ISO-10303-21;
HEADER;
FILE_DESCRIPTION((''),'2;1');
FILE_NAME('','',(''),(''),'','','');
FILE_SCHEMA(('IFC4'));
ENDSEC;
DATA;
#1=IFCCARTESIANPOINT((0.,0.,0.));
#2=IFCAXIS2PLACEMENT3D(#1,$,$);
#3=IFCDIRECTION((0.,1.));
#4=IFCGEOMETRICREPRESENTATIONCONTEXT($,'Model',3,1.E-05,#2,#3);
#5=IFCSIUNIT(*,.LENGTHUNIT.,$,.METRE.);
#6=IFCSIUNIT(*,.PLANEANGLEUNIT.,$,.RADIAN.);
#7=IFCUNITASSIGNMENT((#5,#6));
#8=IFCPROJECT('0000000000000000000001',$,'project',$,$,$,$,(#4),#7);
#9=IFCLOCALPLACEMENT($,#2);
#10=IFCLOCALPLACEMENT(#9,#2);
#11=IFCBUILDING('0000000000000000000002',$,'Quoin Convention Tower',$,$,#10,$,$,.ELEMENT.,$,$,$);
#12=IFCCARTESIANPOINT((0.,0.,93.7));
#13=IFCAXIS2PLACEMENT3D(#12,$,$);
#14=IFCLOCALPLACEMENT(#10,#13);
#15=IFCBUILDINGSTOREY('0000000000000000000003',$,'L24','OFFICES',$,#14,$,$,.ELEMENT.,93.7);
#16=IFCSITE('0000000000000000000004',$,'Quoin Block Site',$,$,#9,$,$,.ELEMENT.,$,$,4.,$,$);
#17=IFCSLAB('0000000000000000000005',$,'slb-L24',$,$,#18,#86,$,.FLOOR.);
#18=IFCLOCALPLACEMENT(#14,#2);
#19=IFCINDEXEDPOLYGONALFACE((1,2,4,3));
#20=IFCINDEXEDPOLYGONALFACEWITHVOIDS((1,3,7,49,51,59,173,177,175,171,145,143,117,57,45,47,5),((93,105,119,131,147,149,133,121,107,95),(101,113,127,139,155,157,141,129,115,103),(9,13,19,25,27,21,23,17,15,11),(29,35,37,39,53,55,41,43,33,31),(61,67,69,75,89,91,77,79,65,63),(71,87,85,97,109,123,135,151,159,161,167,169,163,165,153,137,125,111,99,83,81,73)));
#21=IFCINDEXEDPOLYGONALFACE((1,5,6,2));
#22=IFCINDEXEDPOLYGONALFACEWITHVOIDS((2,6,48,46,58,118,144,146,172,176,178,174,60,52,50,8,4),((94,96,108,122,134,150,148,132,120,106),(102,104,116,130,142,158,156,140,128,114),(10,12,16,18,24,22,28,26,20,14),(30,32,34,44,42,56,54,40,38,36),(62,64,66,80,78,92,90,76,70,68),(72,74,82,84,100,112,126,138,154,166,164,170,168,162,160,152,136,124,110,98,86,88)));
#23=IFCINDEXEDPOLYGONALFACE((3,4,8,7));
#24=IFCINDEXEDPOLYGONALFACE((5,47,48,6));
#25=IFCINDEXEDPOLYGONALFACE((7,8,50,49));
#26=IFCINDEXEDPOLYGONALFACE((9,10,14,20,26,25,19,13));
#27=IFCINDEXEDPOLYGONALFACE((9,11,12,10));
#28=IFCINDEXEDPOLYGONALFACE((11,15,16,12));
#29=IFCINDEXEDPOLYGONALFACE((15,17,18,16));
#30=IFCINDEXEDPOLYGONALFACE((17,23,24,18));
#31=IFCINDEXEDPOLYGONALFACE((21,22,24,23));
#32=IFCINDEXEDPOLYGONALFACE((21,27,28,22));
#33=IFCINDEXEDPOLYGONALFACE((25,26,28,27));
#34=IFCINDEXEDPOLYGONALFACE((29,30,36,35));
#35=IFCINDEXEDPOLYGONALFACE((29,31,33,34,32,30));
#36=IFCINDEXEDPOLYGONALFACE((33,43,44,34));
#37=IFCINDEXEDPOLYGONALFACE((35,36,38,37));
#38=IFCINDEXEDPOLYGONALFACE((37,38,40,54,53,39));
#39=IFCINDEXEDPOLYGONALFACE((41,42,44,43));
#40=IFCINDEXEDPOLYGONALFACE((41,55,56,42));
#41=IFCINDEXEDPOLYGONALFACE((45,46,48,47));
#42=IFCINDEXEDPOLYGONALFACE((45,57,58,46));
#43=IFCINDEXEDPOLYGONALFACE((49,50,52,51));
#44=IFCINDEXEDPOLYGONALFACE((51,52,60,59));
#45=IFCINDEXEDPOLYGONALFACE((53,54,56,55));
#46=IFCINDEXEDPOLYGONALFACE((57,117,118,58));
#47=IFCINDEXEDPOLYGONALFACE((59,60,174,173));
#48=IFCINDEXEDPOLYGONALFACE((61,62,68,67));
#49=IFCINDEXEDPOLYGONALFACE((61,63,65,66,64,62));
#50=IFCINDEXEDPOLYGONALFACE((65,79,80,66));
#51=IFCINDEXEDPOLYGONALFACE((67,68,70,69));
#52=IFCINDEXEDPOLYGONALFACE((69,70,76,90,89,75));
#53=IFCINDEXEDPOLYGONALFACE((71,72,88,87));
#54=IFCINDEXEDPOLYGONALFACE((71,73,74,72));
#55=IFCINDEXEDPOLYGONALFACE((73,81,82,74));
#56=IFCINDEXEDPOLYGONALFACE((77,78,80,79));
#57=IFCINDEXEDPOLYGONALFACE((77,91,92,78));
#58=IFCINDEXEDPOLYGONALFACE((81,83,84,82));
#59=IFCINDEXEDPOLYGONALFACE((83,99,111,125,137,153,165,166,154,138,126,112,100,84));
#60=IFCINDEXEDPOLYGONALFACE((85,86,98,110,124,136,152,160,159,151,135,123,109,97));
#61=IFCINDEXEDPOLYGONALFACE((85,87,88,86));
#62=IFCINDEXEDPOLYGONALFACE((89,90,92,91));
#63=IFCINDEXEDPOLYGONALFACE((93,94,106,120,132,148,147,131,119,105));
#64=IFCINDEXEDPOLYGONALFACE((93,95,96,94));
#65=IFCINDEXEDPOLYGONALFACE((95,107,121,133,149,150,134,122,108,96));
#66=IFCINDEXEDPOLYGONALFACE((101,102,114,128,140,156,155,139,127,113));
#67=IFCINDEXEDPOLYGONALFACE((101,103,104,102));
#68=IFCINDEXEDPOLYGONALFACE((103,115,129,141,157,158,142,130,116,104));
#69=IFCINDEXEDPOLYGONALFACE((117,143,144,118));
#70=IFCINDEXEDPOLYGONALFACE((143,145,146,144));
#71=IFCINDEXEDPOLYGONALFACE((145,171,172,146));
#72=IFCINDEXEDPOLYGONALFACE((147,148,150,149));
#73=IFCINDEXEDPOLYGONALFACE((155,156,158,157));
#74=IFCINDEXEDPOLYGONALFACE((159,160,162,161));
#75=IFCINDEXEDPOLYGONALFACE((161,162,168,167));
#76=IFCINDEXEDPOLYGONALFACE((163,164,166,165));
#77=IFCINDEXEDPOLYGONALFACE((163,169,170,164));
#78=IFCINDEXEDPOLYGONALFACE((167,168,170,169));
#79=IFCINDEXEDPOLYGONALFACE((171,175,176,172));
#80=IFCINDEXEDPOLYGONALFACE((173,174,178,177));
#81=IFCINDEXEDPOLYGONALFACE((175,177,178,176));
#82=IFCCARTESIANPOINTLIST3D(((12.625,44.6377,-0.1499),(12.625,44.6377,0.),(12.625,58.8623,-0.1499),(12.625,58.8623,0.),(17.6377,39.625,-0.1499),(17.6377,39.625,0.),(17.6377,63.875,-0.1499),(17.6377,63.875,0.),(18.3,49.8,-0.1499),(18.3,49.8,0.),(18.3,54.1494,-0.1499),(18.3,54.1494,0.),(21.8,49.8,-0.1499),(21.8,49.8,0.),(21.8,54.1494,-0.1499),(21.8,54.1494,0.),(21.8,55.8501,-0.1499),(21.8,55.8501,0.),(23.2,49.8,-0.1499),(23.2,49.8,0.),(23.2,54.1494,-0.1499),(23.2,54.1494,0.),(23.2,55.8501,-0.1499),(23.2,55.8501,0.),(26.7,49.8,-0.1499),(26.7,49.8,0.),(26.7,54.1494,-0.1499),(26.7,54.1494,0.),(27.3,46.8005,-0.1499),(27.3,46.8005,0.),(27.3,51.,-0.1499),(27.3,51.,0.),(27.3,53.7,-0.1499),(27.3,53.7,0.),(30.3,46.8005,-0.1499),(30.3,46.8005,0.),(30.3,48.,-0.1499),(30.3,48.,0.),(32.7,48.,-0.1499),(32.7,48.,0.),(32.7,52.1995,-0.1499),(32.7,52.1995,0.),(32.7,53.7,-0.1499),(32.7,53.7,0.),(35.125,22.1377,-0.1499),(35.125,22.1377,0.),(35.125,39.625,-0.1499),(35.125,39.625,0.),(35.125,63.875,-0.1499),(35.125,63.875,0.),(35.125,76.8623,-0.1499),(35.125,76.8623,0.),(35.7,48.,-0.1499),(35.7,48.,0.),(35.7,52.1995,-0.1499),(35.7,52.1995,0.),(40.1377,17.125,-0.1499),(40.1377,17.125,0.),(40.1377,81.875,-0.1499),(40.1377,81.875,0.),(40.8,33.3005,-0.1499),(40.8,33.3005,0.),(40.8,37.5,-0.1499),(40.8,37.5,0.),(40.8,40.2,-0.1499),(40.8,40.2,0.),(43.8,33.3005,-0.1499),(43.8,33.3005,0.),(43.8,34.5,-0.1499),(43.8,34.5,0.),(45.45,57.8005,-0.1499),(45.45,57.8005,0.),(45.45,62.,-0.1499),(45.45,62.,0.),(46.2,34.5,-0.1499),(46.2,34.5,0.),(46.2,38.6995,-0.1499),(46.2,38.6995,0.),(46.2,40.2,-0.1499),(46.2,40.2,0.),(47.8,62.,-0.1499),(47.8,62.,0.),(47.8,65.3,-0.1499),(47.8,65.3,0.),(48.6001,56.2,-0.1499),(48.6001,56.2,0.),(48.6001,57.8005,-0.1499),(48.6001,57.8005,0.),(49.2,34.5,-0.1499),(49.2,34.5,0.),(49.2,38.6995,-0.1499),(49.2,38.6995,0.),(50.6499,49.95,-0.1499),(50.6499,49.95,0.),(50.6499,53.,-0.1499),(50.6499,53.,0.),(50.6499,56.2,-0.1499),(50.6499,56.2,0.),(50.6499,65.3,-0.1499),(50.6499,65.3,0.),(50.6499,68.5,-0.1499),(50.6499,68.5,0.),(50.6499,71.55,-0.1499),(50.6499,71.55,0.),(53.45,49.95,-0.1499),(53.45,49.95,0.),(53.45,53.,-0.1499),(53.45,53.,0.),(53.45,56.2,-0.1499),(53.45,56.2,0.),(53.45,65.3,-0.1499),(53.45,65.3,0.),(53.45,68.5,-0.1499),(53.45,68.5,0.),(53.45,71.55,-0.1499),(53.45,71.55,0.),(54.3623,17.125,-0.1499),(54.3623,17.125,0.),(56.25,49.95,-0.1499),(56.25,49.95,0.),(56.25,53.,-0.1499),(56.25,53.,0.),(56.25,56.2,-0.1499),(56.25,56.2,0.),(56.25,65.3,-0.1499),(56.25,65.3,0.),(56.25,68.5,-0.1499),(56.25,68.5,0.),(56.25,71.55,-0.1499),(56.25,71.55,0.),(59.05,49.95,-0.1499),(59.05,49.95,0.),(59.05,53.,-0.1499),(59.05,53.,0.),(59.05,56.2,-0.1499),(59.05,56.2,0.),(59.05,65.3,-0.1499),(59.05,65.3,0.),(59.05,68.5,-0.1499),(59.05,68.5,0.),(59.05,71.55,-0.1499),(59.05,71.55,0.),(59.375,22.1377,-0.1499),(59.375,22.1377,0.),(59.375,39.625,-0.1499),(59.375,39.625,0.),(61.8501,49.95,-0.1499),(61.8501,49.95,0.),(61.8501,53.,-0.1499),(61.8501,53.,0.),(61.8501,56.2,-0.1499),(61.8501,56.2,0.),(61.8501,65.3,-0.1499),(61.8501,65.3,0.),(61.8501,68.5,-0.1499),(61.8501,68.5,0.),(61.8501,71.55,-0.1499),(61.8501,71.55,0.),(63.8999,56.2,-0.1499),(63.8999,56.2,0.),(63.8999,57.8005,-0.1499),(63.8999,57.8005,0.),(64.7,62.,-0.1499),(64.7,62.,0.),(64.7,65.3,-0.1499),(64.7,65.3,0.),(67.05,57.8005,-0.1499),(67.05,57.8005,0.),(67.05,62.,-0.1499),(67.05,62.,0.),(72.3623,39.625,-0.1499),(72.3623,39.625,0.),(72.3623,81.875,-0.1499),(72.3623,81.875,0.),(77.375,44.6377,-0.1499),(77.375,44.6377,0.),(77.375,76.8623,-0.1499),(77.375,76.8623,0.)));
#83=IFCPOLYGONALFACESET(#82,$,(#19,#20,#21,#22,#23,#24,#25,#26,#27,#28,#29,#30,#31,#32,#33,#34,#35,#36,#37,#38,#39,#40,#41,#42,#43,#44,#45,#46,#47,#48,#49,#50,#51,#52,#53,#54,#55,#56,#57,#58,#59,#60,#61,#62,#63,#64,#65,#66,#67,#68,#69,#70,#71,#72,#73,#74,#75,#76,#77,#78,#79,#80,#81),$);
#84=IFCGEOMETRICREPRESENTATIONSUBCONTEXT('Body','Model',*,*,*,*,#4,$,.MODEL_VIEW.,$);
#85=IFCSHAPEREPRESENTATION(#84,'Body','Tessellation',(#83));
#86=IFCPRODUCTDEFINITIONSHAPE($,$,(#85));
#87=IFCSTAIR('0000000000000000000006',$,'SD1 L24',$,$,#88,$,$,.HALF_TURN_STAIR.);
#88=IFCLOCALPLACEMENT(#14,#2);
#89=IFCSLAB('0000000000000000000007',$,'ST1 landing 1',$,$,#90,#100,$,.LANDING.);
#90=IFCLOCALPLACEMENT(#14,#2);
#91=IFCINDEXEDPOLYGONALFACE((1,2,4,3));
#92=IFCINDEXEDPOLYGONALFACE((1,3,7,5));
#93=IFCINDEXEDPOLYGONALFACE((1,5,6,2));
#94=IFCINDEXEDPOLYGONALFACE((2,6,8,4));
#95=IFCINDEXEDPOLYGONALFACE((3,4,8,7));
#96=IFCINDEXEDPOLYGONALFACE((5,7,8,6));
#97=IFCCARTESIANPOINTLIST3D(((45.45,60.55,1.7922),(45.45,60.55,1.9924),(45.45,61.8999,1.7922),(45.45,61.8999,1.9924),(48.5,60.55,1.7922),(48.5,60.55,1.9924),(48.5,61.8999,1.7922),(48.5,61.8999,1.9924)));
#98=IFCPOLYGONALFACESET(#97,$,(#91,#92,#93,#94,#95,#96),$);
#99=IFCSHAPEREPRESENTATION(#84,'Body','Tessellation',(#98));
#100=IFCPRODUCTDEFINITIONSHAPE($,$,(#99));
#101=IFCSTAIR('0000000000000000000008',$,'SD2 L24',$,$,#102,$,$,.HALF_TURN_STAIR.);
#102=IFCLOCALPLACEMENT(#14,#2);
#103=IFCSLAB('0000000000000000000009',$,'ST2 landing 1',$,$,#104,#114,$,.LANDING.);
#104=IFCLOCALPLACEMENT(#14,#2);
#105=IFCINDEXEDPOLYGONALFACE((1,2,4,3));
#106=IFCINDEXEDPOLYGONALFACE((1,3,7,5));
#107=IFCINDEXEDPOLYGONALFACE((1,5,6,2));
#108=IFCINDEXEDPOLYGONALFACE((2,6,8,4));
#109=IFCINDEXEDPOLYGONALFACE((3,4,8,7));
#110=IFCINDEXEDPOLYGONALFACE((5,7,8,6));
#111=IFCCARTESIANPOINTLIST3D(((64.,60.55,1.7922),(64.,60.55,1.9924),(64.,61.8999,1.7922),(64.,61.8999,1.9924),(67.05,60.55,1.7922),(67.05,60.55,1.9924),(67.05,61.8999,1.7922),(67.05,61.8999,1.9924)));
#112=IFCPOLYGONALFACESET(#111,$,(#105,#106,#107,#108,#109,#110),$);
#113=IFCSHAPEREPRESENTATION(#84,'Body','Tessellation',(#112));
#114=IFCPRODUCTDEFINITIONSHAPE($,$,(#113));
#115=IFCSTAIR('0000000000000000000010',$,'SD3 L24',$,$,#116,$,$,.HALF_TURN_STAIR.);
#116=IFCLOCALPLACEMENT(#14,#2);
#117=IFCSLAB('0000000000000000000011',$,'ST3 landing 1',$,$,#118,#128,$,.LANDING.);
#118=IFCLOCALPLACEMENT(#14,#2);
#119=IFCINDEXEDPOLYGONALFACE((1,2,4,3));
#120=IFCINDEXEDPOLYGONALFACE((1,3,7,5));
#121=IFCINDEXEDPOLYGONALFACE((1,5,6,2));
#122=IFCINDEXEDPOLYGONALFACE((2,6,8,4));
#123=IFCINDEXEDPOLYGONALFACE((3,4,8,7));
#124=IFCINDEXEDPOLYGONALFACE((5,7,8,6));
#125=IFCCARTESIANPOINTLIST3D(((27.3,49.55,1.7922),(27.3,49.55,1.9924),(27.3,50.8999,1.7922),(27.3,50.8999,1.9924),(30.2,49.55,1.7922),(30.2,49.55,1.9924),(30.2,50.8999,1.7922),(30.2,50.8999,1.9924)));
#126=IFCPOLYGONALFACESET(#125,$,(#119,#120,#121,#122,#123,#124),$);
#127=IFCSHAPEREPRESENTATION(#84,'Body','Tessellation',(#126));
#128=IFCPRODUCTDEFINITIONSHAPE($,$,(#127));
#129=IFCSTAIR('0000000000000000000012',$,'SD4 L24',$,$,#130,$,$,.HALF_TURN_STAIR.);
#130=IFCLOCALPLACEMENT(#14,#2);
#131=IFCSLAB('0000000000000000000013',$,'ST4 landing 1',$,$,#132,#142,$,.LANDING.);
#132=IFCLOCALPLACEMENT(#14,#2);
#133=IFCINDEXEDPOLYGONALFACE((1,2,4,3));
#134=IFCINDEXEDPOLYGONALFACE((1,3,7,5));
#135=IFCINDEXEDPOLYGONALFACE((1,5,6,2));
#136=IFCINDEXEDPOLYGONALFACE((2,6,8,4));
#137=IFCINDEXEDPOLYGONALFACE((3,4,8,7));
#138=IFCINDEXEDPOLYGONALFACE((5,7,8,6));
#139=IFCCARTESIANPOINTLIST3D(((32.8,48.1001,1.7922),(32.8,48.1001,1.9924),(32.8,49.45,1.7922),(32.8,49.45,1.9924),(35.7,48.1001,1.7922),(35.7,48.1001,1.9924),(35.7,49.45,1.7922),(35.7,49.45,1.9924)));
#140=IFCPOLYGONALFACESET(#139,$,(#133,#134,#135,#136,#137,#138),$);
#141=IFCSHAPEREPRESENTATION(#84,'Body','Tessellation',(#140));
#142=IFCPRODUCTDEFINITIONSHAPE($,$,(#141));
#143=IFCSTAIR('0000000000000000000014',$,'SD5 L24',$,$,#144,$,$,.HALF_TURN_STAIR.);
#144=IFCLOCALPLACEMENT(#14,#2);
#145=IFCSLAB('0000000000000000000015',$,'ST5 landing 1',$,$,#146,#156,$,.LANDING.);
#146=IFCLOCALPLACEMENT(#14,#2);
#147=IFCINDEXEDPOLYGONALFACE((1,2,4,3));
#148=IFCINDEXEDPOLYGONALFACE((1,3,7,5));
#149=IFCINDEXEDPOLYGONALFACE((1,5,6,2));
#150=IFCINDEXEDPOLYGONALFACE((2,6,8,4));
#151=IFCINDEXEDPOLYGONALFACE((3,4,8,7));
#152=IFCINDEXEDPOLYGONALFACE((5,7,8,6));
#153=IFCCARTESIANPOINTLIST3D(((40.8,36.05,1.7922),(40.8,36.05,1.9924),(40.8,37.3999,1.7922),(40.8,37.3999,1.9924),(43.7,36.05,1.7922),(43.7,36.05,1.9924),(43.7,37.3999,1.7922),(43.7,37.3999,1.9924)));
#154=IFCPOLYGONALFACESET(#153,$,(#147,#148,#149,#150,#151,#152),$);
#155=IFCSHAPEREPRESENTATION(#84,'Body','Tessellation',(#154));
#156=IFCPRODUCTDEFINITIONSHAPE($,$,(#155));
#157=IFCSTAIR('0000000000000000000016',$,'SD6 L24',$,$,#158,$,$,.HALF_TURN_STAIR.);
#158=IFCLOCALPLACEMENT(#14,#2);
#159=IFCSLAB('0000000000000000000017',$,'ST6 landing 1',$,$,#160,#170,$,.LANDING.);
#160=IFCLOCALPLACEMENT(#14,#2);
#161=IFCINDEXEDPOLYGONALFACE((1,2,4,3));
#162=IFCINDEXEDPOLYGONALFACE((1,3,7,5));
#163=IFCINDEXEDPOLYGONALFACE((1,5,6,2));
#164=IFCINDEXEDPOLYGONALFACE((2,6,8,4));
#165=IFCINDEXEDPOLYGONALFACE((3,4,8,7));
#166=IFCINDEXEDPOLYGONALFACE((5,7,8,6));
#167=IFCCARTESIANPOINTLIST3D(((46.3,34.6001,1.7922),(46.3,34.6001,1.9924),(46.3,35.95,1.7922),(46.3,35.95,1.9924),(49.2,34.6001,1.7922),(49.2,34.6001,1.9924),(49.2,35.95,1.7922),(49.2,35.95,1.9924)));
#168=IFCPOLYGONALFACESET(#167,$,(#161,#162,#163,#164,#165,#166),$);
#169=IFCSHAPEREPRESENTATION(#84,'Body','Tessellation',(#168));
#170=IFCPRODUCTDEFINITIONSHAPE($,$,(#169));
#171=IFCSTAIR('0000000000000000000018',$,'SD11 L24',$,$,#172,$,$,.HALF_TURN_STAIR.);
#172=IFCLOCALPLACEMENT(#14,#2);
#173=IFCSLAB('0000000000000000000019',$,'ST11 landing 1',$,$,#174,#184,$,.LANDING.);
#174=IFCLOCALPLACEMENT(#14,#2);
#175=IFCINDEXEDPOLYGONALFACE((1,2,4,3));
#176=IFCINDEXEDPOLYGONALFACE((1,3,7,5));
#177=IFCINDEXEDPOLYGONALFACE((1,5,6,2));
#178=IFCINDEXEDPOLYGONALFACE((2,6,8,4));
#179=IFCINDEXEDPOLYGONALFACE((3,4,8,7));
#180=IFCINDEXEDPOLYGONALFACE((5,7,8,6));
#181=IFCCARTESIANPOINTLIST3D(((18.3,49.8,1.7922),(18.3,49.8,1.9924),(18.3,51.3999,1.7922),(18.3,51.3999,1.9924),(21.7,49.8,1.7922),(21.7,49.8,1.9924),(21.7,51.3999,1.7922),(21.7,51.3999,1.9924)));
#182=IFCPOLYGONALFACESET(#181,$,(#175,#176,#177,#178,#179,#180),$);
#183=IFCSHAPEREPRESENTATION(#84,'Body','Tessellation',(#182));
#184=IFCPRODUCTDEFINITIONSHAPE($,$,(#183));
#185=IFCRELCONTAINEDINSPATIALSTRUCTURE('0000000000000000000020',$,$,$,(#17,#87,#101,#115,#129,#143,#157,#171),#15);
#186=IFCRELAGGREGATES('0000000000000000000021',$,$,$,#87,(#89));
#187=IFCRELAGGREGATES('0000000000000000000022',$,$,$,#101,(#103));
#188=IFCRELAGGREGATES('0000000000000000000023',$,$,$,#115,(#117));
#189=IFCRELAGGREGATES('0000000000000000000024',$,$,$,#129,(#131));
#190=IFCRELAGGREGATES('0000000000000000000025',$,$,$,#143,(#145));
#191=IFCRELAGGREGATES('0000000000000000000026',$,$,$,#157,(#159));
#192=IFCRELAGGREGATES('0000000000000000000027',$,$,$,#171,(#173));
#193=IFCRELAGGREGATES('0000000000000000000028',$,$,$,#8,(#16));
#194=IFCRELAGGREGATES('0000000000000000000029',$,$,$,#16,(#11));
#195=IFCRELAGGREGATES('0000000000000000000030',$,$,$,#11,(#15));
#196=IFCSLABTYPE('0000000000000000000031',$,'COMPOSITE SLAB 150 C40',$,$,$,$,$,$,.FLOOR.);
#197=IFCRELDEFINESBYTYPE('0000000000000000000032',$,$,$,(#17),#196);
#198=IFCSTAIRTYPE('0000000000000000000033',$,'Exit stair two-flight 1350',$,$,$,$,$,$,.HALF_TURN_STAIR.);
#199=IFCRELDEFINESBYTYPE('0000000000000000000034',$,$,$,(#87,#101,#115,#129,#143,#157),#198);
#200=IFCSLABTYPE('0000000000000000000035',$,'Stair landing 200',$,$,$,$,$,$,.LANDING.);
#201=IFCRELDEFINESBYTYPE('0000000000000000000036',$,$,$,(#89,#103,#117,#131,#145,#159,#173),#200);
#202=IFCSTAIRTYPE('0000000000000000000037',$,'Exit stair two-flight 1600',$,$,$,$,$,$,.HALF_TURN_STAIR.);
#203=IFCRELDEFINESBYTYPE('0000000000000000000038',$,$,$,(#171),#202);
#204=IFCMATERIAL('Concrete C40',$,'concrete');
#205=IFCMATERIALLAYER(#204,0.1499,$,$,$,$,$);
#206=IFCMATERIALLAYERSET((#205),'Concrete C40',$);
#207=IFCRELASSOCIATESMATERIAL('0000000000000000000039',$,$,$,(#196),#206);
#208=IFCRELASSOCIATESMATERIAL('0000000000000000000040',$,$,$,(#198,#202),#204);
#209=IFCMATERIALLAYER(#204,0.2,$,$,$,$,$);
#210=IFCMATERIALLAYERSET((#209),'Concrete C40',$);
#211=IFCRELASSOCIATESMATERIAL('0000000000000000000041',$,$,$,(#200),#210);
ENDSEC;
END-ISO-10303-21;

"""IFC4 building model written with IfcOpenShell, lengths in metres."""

from ifc_helpers import new_model, si_unit, direction, frame, origin, place, context, subcontext, project, spatial, polyline, outline, extrude, material, layer, layer_set, type_object, element, aggregate, save


model = new_model("IFC4")

# Units and contexts
model_context = context("Model", 3, precision=1e-05, world=origin(), true_north=direction((0.0, 1.0)))
body_context = subcontext(model_context, "Body", "Model", "MODEL_VIEW")
ifc_project = project(units=[si_unit("LENGTHUNIT", "METRE"), si_unit("PLANEANGLEUNIT", "RADIAN")], contexts=[model_context])

# Site, building, storey
site_placement = place(None, origin())
site = spatial("IfcSite", under=ifc_project, at=site_placement, Name="Quoin Block Site", CompositionType="ELEMENT", RefElevation=4.0)
building_placement = place(site_placement, origin())
building = spatial("IfcBuilding", under=site, at=building_placement, Name="Quoin Convention Tower", CompositionType="ELEMENT")
storey_placement = place(building_placement, frame((0.0, 0.0, 93.7)))
storey = spatial("IfcBuildingStorey", under=building, at=storey_placement, Name="L24", Description="OFFICES", CompositionType="ELEMENT", Elevation=93.7)

# Slab
ifc_material_1 = material(Name="Concrete C40", Category="concrete")
ifc_layer_1 = layer(ifc_material_1, 0.1499)
ifc_layer_set_1 = layer_set([ifc_layer_1], Name="Concrete C40")
slab_type_1 = type_object("IfcSlabType", Name="COMPOSITE SLAB 150 C40", PredefinedType="FLOOR", material=ifc_layer_set_1)
slab_1_placement = place(storey_placement, frame((0.0, 0.0, -0.1499)))
element("IfcSlab", 1, at=slab_1_placement, inside=storey, type_object=slab_type_1, Name="slb-L24", PredefinedType="FLOOR", context=body_context, shape_type="SweptSolid", body=[
    extrude(outline(polyline([(59.375, 22.1377), (54.3623, 17.125), (40.1377, 17.125), (35.125, 22.1377), (35.125, 39.625), (17.6377, 39.625), (12.625, 44.6377), (12.625, 58.8623), (17.6377, 63.875), (35.125, 63.875), (35.125, 76.8623), (40.1377, 81.875), (72.3623, 81.875), (77.375, 76.8623), (77.375, 44.6377), (72.3623, 39.625), (59.375, 39.625), (59.375, 22.1377)]), holes=[polyline([(40.8, 40.2), (40.8, 37.5), (40.8, 33.3005), (43.8, 33.3005), (43.8, 34.5), (46.2, 34.5), (49.2, 34.5), (49.2, 38.6995), (46.2, 38.6995), (46.2, 40.2), (40.8, 40.2)]), polyline([(35.7, 52.1995), (32.7, 52.1995), (32.7, 53.7), (27.3, 53.7), (27.3, 51.0), (27.3, 46.8005), (30.3, 46.8005), (30.3, 48.0), (32.7, 48.0), (35.7, 48.0), (35.7, 52.1995)]), polyline([(53.45, 49.95), (56.25, 49.95), (59.05, 49.95), (61.8501, 49.95), (61.8501, 53.0), (59.05, 53.0), (56.25, 53.0), (53.45, 53.0), (50.6499, 53.0), (50.6499, 49.95), (53.45, 49.95)]), polyline([(21.8, 55.8501), (21.8, 54.1494), (18.3, 54.1494), (18.3, 49.8), (21.8, 49.8), (23.2, 49.8), (26.7, 49.8), (26.7, 54.1494), (23.2, 54.1494), (23.2, 55.8501), (21.8, 55.8501)]), polyline([(48.6001, 57.8005), (48.6001, 56.2), (50.6499, 56.2), (53.45, 56.2), (56.25, 56.2), (59.05, 56.2), (61.8501, 56.2), (63.8999, 56.2), (63.8999, 57.8005), (67.05, 57.8005), (67.05, 62.0), (64.7, 62.0), (64.7, 65.3), (61.8501, 65.3), (59.05, 65.3), (56.25, 65.3), (53.45, 65.3), (50.6499, 65.3), (47.8, 65.3), (47.8, 62.0), (45.45, 62.0), (45.45, 57.8005), (48.6001, 57.8005)]), polyline([(50.6499, 68.5), (53.45, 68.5), (56.25, 68.5), (59.05, 68.5), (61.8501, 68.5), (61.8501, 71.55), (59.05, 71.55), (56.25, 71.55), (53.45, 71.55), (50.6499, 71.55), (50.6499, 68.5)])]), origin(), (0.0, 0.0, 1.0), 0.1499),
])

# Stairs, slabs
stair_type_1 = type_object("IfcStairType", Name="Exit stair two-flight 1350", PredefinedType="HALF_TURN_STAIR", material=ifc_material_1)
stair_1_placement = place(storey_placement, origin())
stair_1 = element("IfcStair", 2, at=stair_1_placement, inside=storey, type_object=stair_type_1, Name="SD1 L24", PredefinedType="HALF_TURN_STAIR")
ifc_layer_2 = layer(ifc_material_1, 0.2)
ifc_layer_set_2 = layer_set([ifc_layer_2], Name="Concrete C40")
slab_type_2 = type_object("IfcSlabType", Name="Stair landing 200", PredefinedType="LANDING", material=ifc_layer_set_2)
slab_2_placement = place(storey_placement, frame((0.0, 0.0, 1.7922)))
slab_2 = element("IfcSlab", 3, at=slab_2_placement, type_object=slab_type_2, Name="ST1 landing 1", PredefinedType="LANDING", context=body_context, shape_type="SweptSolid", body=[
    extrude(outline(polyline([(45.45, 60.55), (48.5, 60.55), (48.5, 61.8999), (45.45, 61.8999), (45.45, 60.55)])), origin(), (0.0, 0.0, 1.0), 0.2002),
])
aggregate(stair_1, [slab_2])
stair_2_placement = place(storey_placement, origin())
stair_2 = element("IfcStair", 4, at=stair_2_placement, inside=storey, type_object=stair_type_1, Name="SD2 L24", PredefinedType="HALF_TURN_STAIR")
slab_3_placement = place(storey_placement, frame((0.0, 0.0, 1.7922)))
slab_3 = element("IfcSlab", 5, at=slab_3_placement, type_object=slab_type_2, Name="ST2 landing 1", PredefinedType="LANDING", context=body_context, shape_type="SweptSolid", body=[
    extrude(outline(polyline([(64.0, 60.55), (67.05, 60.55), (67.05, 61.8999), (64.0, 61.8999), (64.0, 60.55)])), origin(), (0.0, 0.0, 1.0), 0.2002),
])
aggregate(stair_2, [slab_3])
stair_3_placement = place(storey_placement, origin())
stair_3 = element("IfcStair", 6, at=stair_3_placement, inside=storey, type_object=stair_type_1, Name="SD3 L24", PredefinedType="HALF_TURN_STAIR")
slab_4_placement = place(storey_placement, frame((0.0, 0.0, 1.7922)))
slab_4 = element("IfcSlab", 7, at=slab_4_placement, type_object=slab_type_2, Name="ST3 landing 1", PredefinedType="LANDING", context=body_context, shape_type="SweptSolid", body=[
    extrude(outline(polyline([(27.3, 49.55), (30.2, 49.55), (30.2, 50.8999), (27.3, 50.8999), (27.3, 49.55)])), origin(), (0.0, 0.0, 1.0), 0.2002),
])
aggregate(stair_3, [slab_4])
stair_4_placement = place(storey_placement, origin())
stair_4 = element("IfcStair", 8, at=stair_4_placement, inside=storey, type_object=stair_type_1, Name="SD4 L24", PredefinedType="HALF_TURN_STAIR")
slab_5_placement = place(storey_placement, frame((0.0, 0.0, 1.7922)))
slab_5 = element("IfcSlab", 9, at=slab_5_placement, type_object=slab_type_2, Name="ST4 landing 1", PredefinedType="LANDING", context=body_context, shape_type="SweptSolid", body=[
    extrude(outline(polyline([(35.7, 49.45), (32.8, 49.45), (32.8, 48.1001), (35.7, 48.1001), (35.7, 49.45)])), origin(), (0.0, 0.0, 1.0), 0.2002),
])
aggregate(stair_4, [slab_5])
stair_5_placement = place(storey_placement, origin())
stair_5 = element("IfcStair", 10, at=stair_5_placement, inside=storey, type_object=stair_type_1, Name="SD5 L24", PredefinedType="HALF_TURN_STAIR")
slab_6_placement = place(storey_placement, frame((0.0, 0.0, 1.7922)))
slab_6 = element("IfcSlab", 11, at=slab_6_placement, type_object=slab_type_2, Name="ST5 landing 1", PredefinedType="LANDING", context=body_context, shape_type="SweptSolid", body=[
    extrude(outline(polyline([(40.8, 36.05), (43.7, 36.05), (43.7, 37.3999), (40.8, 37.3999), (40.8, 36.05)])), origin(), (0.0, 0.0, 1.0), 0.2002),
])
aggregate(stair_5, [slab_6])
stair_6_placement = place(storey_placement, origin())
stair_6 = element("IfcStair", 12, at=stair_6_placement, inside=storey, type_object=stair_type_1, Name="SD6 L24", PredefinedType="HALF_TURN_STAIR")
slab_7_placement = place(storey_placement, frame((0.0, 0.0, 1.7922)))
slab_7 = element("IfcSlab", 13, at=slab_7_placement, type_object=slab_type_2, Name="ST6 landing 1", PredefinedType="LANDING", context=body_context, shape_type="SweptSolid", body=[
    extrude(outline(polyline([(49.2, 35.95), (46.3, 35.95), (46.3, 34.6001), (49.2, 34.6001), (49.2, 35.95)])), origin(), (0.0, 0.0, 1.0), 0.2002),
])
aggregate(stair_6, [slab_7])
stair_type_2 = type_object("IfcStairType", Name="Exit stair two-flight 1600", PredefinedType="HALF_TURN_STAIR", material=ifc_material_1)
stair_7_placement = place(storey_placement, origin())
stair_7 = element("IfcStair", 14, at=stair_7_placement, inside=storey, type_object=stair_type_2, Name="SD11 L24", PredefinedType="HALF_TURN_STAIR")
slab_8_placement = place(storey_placement, frame((0.0, 0.0, 1.7922)))
slab_8 = element("IfcSlab", 15, at=slab_8_placement, type_object=slab_type_2, Name="ST11 landing 1", PredefinedType="LANDING", context=body_context, shape_type="SweptSolid", body=[
    extrude(outline(polyline([(21.7, 51.3999), (18.3, 51.3999), (18.3, 49.8), (21.7, 49.8), (21.7, 51.3999)])), origin(), (0.0, 0.0, 1.0), 0.2002),
])
aggregate(stair_7, [slab_8])

save(model, "model.ifc")
